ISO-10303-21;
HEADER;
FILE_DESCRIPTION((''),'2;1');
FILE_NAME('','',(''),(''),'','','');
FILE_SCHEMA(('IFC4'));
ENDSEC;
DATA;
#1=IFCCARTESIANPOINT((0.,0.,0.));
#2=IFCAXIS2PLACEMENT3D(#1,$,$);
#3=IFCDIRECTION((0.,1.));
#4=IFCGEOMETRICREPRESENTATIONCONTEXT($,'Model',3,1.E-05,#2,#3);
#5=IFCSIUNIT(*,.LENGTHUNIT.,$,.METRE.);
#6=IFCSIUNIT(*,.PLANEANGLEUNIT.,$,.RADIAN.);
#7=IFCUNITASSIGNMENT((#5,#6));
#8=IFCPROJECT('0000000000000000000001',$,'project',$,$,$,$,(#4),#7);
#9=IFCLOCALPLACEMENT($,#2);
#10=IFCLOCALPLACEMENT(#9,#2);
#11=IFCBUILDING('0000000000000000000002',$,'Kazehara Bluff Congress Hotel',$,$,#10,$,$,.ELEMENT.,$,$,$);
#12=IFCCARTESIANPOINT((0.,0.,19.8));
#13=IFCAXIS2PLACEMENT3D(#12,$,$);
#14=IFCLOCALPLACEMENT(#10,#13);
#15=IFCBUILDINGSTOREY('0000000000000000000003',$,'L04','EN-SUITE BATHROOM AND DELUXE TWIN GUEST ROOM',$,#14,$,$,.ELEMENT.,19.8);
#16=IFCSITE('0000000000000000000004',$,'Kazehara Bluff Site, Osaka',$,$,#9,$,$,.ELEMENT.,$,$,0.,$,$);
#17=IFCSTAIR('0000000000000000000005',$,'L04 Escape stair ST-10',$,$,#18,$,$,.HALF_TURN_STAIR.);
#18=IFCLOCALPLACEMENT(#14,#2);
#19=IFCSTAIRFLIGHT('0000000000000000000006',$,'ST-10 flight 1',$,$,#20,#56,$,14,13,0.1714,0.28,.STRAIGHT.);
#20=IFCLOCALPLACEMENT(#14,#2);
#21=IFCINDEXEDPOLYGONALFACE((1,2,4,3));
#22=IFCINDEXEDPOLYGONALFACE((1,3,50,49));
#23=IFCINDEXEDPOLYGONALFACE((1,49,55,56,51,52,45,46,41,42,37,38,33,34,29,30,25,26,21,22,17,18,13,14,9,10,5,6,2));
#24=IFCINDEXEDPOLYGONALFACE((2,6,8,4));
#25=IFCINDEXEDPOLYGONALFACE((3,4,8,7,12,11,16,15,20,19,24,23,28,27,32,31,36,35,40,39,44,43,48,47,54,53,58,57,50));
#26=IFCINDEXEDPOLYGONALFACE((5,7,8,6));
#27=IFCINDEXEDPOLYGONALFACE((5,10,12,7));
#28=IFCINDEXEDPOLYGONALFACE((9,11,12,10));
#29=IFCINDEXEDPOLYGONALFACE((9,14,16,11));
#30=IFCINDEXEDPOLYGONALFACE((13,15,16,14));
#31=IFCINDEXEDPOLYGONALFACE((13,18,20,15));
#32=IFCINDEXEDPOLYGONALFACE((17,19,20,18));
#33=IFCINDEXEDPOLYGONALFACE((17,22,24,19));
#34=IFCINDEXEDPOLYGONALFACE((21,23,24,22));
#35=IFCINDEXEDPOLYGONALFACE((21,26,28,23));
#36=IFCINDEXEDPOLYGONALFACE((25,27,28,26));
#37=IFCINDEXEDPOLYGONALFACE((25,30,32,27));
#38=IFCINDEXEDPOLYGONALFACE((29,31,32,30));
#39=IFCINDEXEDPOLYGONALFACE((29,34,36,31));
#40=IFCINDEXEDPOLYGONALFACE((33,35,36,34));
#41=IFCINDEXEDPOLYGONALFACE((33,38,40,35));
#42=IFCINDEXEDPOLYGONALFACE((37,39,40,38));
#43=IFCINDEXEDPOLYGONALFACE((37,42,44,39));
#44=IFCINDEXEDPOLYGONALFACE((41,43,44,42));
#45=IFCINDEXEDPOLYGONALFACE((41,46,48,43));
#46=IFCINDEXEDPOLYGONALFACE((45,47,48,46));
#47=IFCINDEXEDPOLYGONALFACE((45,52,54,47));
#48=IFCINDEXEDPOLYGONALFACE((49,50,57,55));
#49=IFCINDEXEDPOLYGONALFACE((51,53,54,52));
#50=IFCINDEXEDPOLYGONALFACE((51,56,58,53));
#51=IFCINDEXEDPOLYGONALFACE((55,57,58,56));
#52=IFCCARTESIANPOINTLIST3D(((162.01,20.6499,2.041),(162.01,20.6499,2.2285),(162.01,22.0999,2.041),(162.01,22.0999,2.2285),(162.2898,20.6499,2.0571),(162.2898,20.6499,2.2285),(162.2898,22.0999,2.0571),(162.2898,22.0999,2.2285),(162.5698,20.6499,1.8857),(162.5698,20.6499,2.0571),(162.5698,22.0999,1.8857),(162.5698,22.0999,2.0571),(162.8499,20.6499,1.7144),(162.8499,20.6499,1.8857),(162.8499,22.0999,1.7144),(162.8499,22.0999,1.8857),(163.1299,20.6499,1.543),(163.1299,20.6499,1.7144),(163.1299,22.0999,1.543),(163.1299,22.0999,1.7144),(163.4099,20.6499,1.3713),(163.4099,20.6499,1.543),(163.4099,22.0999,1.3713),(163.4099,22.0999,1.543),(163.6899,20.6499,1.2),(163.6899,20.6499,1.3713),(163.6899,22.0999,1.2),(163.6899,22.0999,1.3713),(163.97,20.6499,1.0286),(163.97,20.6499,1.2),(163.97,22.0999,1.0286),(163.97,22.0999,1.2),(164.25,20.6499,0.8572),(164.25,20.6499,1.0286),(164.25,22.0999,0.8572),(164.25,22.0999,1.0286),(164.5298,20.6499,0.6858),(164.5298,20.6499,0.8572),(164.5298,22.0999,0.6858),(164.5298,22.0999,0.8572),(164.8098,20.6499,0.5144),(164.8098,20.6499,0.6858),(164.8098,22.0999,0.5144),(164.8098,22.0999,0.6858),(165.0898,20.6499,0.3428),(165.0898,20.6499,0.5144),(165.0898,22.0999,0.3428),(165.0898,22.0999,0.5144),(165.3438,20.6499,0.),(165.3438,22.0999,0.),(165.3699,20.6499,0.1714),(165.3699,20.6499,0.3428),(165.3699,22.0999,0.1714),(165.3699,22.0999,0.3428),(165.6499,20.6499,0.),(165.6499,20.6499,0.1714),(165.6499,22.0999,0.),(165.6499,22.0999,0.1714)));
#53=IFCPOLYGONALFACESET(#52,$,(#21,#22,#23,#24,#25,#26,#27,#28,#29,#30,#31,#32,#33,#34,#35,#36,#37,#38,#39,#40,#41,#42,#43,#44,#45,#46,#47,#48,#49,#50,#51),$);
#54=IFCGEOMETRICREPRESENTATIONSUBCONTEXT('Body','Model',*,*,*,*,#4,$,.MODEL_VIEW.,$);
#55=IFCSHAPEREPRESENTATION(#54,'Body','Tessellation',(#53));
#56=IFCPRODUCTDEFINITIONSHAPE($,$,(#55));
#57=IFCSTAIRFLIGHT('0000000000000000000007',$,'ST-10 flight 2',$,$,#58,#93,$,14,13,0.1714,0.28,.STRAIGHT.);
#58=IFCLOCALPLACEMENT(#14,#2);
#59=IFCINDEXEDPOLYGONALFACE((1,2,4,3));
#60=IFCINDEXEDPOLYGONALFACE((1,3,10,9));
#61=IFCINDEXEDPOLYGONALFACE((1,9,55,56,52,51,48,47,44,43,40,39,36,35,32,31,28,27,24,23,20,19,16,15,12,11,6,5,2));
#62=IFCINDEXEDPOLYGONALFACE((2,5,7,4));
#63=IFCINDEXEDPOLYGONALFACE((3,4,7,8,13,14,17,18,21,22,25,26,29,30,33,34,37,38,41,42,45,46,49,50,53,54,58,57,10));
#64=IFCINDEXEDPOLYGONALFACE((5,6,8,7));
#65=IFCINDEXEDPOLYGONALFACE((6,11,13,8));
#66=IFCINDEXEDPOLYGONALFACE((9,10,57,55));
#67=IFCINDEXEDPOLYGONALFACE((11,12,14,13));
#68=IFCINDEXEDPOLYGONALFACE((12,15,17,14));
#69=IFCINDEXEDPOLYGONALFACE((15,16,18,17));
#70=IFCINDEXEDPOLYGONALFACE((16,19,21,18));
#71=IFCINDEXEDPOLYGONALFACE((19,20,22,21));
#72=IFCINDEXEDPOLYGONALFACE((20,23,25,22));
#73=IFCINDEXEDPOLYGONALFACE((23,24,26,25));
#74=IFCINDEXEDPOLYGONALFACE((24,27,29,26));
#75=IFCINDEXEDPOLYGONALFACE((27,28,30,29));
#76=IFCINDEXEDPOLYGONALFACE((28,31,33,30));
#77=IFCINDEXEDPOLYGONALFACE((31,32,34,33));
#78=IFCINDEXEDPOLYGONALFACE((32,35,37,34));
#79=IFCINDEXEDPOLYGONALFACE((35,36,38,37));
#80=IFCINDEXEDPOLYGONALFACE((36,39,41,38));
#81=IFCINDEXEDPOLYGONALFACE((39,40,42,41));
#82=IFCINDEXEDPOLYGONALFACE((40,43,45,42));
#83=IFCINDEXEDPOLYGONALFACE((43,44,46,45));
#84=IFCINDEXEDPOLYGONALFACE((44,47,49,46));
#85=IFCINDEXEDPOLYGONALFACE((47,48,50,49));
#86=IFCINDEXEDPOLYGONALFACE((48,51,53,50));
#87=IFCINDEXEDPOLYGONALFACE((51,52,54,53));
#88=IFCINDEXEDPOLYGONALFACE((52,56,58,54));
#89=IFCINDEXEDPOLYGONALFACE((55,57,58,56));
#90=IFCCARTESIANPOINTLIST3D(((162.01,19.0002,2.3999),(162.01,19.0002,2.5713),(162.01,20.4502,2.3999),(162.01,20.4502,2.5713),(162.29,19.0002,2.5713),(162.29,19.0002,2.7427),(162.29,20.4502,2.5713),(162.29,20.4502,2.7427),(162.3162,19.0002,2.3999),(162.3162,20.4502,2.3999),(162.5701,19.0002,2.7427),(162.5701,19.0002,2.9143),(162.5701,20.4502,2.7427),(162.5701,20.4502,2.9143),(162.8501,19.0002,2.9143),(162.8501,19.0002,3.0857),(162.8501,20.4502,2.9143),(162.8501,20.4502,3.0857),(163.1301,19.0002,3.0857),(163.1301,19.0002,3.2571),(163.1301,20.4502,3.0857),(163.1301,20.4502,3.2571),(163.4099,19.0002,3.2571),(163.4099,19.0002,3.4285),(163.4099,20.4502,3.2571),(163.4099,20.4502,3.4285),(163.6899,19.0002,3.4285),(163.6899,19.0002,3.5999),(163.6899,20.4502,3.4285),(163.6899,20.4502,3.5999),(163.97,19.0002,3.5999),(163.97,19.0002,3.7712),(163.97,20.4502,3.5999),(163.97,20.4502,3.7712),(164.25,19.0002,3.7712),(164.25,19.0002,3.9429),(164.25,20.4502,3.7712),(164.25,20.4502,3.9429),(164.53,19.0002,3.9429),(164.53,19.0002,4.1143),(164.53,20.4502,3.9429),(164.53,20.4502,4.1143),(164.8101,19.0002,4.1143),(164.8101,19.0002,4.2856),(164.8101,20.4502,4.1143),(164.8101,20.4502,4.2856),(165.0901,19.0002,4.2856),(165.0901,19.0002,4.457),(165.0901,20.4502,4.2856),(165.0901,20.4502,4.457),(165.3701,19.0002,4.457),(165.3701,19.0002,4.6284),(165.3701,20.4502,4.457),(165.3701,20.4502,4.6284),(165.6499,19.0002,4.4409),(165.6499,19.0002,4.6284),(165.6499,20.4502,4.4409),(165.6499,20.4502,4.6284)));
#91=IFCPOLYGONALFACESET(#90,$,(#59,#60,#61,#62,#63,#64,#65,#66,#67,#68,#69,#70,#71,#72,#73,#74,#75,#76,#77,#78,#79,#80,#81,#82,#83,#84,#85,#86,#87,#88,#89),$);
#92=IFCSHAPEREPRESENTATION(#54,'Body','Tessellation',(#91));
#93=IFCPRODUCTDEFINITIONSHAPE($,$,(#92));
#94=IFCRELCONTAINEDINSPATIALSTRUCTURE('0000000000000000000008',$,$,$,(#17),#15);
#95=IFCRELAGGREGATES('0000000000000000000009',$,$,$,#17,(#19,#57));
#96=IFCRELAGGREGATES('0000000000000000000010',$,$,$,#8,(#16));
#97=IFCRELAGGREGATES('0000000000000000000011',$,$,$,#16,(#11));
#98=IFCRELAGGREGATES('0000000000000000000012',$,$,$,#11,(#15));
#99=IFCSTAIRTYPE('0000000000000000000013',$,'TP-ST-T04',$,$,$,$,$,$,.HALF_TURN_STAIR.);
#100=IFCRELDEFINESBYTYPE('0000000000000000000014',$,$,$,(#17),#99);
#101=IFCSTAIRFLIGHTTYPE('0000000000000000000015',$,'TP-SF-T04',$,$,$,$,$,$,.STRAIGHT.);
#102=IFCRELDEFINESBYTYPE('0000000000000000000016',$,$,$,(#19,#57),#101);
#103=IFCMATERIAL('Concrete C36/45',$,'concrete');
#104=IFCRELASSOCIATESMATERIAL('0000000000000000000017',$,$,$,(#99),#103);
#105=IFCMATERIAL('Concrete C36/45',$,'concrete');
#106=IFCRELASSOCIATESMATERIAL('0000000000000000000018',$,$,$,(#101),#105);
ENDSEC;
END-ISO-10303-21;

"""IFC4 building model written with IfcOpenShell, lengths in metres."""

from ifc_helpers import new_model, si_unit, direction, frame, origin, place, context, subcontext, project, spatial, polyline, outline, extrude, material, type_object, element, aggregate, save


model = new_model("IFC4")

# Units and contexts
model_context = context("Model", 3, precision=1e-05, world=origin(), true_north=direction((0.0, 1.0)))
body_context = subcontext(model_context, "Body", "Model", "MODEL_VIEW")
ifc_project = project(units=[si_unit("LENGTHUNIT", "METRE"), si_unit("PLANEANGLEUNIT", "RADIAN")], contexts=[model_context])

# Site, building, storey
site_placement = place(None, origin())
site = spatial("IfcSite", under=ifc_project, at=site_placement, Name="Kazehara Bluff Site, Osaka", CompositionType="ELEMENT", RefElevation=0.0)
building_placement = place(site_placement, origin())
building = spatial("IfcBuilding", under=site, at=building_placement, Name="Kazehara Bluff Congress Hotel", CompositionType="ELEMENT")
storey_placement = place(building_placement, frame((0.0, 0.0, 19.8)))
storey = spatial("IfcBuildingStorey", under=building, at=storey_placement, Name="L04", Description="EN-SUITE BATHROOM AND DELUXE TWIN GUEST ROOM", CompositionType="ELEMENT", Elevation=19.8)

# Stair, stair flights
ifc_material_1 = material(Name="Concrete C36/45", Category="concrete")
stair_type = type_object("IfcStairType", Name="TP-ST-T04", PredefinedType="HALF_TURN_STAIR", material=ifc_material_1)
stair_placement = place(storey_placement, origin())
stair = element("IfcStair", 1, at=stair_placement, inside=storey, type_object=stair_type, Name="L04 Escape stair ST-10", PredefinedType="HALF_TURN_STAIR")
ifc_material_2 = material(Name="Concrete C36/45", Category="concrete")
stair_flight_type = type_object("IfcStairFlightType", Name="TP-SF-T04", PredefinedType="STRAIGHT", material=ifc_material_2)
stair_flight_1_placement = place(storey_placement, frame((165.6499, 21.375, 0.0), z_axis=(0.0, 0.0, 1.0), x_axis=(-1.0, 0.0, 0.0)))
stair_flight_1 = element("IfcStairFlight", 2, at=stair_flight_1_placement, type_object=stair_flight_type, Name="ST-10 flight 1", NumberOfRisers=14, NumberOfTreads=13, PredefinedType="STRAIGHT", RiserHeight=0.1714, TreadLength=0.28, context=body_context, shape_type="SweptSolid", body=[
    extrude(outline(polyline([(0.0, 0.0), (0.0, 0.1714), (0.28, 0.1714), (0.28, 0.3428), (0.5601, 0.3428), (0.5601, 0.5144), (0.8401, 0.5144), (0.8401, 0.6858), (1.1201, 0.6858), (1.1201, 0.8572), (1.3999, 0.8572), (1.3999, 1.0286), (1.6799, 1.0286), (1.6799, 1.2), (1.96, 1.2), (1.96, 1.3713), (2.24, 1.3713), (2.24, 1.543), (2.52, 1.543), (2.52, 1.7144), (2.8, 1.7144), (2.8, 1.8857), (3.0801, 1.8857), (3.0801, 2.0571), (3.3601, 2.0571), (3.3601, 2.2285), (3.6399, 2.2285), (3.6399, 2.3999), (3.6399, 2.041), (0.3062, 0.0), (0.0, 0.0)])), frame((0.0, 0.7251, 0.0), z_axis=(0.0, -1.0, 0.0), x_axis=(1.0, 0.0, 0.0)), (0.0, 0.0, 1.0), 1.45),
])
stair_flight_2_placement = place(storey_placement, frame((162.01, 19.7251, 2.3999), z_axis=(0.0, 0.0, 1.0), x_axis=(1.0, 0.0, 0.0)))
stair_flight_2 = element("IfcStairFlight", 3, at=stair_flight_2_placement, type_object=stair_flight_type, Name="ST-10 flight 2", NumberOfRisers=14, NumberOfTreads=13, PredefinedType="STRAIGHT", RiserHeight=0.1714, TreadLength=0.28, context=body_context, shape_type="SweptSolid", body=[
    extrude(outline(polyline([(0.0, 0.0), (0.0, 0.1714), (0.28, 0.1714), (0.28, 0.3428), (0.5601, 0.3428), (0.5601, 0.5144), (0.8401, 0.5144), (0.8401, 0.6858), (1.1201, 0.6858), (1.1201, 0.8572), (1.3999, 0.8572), (1.3999, 1.0286), (1.6799, 1.0286), (1.6799, 1.2), (1.96, 1.2), (1.96, 1.3713), (2.24, 1.3713), (2.24, 1.543), (2.52, 1.543), (2.52, 1.7144), (2.8, 1.7144), (2.8, 1.8857), (3.0801, 1.8857), (3.0801, 2.0571), (3.3601, 2.0571), (3.3601, 2.2285), (3.6399, 2.2285), (3.6399, 2.3999), (3.6399, 2.041), (0.3062, 0.0), (0.0, 0.0)])), frame((0.0, 0.7251, 0.0), z_axis=(0.0, -1.0, 0.0), x_axis=(1.0, 0.0, 0.0)), (0.0, 0.0, 1.0), 1.45),
])
aggregate(stair, [stair_flight_1, stair_flight_2])

save(model, "model.ifc")
